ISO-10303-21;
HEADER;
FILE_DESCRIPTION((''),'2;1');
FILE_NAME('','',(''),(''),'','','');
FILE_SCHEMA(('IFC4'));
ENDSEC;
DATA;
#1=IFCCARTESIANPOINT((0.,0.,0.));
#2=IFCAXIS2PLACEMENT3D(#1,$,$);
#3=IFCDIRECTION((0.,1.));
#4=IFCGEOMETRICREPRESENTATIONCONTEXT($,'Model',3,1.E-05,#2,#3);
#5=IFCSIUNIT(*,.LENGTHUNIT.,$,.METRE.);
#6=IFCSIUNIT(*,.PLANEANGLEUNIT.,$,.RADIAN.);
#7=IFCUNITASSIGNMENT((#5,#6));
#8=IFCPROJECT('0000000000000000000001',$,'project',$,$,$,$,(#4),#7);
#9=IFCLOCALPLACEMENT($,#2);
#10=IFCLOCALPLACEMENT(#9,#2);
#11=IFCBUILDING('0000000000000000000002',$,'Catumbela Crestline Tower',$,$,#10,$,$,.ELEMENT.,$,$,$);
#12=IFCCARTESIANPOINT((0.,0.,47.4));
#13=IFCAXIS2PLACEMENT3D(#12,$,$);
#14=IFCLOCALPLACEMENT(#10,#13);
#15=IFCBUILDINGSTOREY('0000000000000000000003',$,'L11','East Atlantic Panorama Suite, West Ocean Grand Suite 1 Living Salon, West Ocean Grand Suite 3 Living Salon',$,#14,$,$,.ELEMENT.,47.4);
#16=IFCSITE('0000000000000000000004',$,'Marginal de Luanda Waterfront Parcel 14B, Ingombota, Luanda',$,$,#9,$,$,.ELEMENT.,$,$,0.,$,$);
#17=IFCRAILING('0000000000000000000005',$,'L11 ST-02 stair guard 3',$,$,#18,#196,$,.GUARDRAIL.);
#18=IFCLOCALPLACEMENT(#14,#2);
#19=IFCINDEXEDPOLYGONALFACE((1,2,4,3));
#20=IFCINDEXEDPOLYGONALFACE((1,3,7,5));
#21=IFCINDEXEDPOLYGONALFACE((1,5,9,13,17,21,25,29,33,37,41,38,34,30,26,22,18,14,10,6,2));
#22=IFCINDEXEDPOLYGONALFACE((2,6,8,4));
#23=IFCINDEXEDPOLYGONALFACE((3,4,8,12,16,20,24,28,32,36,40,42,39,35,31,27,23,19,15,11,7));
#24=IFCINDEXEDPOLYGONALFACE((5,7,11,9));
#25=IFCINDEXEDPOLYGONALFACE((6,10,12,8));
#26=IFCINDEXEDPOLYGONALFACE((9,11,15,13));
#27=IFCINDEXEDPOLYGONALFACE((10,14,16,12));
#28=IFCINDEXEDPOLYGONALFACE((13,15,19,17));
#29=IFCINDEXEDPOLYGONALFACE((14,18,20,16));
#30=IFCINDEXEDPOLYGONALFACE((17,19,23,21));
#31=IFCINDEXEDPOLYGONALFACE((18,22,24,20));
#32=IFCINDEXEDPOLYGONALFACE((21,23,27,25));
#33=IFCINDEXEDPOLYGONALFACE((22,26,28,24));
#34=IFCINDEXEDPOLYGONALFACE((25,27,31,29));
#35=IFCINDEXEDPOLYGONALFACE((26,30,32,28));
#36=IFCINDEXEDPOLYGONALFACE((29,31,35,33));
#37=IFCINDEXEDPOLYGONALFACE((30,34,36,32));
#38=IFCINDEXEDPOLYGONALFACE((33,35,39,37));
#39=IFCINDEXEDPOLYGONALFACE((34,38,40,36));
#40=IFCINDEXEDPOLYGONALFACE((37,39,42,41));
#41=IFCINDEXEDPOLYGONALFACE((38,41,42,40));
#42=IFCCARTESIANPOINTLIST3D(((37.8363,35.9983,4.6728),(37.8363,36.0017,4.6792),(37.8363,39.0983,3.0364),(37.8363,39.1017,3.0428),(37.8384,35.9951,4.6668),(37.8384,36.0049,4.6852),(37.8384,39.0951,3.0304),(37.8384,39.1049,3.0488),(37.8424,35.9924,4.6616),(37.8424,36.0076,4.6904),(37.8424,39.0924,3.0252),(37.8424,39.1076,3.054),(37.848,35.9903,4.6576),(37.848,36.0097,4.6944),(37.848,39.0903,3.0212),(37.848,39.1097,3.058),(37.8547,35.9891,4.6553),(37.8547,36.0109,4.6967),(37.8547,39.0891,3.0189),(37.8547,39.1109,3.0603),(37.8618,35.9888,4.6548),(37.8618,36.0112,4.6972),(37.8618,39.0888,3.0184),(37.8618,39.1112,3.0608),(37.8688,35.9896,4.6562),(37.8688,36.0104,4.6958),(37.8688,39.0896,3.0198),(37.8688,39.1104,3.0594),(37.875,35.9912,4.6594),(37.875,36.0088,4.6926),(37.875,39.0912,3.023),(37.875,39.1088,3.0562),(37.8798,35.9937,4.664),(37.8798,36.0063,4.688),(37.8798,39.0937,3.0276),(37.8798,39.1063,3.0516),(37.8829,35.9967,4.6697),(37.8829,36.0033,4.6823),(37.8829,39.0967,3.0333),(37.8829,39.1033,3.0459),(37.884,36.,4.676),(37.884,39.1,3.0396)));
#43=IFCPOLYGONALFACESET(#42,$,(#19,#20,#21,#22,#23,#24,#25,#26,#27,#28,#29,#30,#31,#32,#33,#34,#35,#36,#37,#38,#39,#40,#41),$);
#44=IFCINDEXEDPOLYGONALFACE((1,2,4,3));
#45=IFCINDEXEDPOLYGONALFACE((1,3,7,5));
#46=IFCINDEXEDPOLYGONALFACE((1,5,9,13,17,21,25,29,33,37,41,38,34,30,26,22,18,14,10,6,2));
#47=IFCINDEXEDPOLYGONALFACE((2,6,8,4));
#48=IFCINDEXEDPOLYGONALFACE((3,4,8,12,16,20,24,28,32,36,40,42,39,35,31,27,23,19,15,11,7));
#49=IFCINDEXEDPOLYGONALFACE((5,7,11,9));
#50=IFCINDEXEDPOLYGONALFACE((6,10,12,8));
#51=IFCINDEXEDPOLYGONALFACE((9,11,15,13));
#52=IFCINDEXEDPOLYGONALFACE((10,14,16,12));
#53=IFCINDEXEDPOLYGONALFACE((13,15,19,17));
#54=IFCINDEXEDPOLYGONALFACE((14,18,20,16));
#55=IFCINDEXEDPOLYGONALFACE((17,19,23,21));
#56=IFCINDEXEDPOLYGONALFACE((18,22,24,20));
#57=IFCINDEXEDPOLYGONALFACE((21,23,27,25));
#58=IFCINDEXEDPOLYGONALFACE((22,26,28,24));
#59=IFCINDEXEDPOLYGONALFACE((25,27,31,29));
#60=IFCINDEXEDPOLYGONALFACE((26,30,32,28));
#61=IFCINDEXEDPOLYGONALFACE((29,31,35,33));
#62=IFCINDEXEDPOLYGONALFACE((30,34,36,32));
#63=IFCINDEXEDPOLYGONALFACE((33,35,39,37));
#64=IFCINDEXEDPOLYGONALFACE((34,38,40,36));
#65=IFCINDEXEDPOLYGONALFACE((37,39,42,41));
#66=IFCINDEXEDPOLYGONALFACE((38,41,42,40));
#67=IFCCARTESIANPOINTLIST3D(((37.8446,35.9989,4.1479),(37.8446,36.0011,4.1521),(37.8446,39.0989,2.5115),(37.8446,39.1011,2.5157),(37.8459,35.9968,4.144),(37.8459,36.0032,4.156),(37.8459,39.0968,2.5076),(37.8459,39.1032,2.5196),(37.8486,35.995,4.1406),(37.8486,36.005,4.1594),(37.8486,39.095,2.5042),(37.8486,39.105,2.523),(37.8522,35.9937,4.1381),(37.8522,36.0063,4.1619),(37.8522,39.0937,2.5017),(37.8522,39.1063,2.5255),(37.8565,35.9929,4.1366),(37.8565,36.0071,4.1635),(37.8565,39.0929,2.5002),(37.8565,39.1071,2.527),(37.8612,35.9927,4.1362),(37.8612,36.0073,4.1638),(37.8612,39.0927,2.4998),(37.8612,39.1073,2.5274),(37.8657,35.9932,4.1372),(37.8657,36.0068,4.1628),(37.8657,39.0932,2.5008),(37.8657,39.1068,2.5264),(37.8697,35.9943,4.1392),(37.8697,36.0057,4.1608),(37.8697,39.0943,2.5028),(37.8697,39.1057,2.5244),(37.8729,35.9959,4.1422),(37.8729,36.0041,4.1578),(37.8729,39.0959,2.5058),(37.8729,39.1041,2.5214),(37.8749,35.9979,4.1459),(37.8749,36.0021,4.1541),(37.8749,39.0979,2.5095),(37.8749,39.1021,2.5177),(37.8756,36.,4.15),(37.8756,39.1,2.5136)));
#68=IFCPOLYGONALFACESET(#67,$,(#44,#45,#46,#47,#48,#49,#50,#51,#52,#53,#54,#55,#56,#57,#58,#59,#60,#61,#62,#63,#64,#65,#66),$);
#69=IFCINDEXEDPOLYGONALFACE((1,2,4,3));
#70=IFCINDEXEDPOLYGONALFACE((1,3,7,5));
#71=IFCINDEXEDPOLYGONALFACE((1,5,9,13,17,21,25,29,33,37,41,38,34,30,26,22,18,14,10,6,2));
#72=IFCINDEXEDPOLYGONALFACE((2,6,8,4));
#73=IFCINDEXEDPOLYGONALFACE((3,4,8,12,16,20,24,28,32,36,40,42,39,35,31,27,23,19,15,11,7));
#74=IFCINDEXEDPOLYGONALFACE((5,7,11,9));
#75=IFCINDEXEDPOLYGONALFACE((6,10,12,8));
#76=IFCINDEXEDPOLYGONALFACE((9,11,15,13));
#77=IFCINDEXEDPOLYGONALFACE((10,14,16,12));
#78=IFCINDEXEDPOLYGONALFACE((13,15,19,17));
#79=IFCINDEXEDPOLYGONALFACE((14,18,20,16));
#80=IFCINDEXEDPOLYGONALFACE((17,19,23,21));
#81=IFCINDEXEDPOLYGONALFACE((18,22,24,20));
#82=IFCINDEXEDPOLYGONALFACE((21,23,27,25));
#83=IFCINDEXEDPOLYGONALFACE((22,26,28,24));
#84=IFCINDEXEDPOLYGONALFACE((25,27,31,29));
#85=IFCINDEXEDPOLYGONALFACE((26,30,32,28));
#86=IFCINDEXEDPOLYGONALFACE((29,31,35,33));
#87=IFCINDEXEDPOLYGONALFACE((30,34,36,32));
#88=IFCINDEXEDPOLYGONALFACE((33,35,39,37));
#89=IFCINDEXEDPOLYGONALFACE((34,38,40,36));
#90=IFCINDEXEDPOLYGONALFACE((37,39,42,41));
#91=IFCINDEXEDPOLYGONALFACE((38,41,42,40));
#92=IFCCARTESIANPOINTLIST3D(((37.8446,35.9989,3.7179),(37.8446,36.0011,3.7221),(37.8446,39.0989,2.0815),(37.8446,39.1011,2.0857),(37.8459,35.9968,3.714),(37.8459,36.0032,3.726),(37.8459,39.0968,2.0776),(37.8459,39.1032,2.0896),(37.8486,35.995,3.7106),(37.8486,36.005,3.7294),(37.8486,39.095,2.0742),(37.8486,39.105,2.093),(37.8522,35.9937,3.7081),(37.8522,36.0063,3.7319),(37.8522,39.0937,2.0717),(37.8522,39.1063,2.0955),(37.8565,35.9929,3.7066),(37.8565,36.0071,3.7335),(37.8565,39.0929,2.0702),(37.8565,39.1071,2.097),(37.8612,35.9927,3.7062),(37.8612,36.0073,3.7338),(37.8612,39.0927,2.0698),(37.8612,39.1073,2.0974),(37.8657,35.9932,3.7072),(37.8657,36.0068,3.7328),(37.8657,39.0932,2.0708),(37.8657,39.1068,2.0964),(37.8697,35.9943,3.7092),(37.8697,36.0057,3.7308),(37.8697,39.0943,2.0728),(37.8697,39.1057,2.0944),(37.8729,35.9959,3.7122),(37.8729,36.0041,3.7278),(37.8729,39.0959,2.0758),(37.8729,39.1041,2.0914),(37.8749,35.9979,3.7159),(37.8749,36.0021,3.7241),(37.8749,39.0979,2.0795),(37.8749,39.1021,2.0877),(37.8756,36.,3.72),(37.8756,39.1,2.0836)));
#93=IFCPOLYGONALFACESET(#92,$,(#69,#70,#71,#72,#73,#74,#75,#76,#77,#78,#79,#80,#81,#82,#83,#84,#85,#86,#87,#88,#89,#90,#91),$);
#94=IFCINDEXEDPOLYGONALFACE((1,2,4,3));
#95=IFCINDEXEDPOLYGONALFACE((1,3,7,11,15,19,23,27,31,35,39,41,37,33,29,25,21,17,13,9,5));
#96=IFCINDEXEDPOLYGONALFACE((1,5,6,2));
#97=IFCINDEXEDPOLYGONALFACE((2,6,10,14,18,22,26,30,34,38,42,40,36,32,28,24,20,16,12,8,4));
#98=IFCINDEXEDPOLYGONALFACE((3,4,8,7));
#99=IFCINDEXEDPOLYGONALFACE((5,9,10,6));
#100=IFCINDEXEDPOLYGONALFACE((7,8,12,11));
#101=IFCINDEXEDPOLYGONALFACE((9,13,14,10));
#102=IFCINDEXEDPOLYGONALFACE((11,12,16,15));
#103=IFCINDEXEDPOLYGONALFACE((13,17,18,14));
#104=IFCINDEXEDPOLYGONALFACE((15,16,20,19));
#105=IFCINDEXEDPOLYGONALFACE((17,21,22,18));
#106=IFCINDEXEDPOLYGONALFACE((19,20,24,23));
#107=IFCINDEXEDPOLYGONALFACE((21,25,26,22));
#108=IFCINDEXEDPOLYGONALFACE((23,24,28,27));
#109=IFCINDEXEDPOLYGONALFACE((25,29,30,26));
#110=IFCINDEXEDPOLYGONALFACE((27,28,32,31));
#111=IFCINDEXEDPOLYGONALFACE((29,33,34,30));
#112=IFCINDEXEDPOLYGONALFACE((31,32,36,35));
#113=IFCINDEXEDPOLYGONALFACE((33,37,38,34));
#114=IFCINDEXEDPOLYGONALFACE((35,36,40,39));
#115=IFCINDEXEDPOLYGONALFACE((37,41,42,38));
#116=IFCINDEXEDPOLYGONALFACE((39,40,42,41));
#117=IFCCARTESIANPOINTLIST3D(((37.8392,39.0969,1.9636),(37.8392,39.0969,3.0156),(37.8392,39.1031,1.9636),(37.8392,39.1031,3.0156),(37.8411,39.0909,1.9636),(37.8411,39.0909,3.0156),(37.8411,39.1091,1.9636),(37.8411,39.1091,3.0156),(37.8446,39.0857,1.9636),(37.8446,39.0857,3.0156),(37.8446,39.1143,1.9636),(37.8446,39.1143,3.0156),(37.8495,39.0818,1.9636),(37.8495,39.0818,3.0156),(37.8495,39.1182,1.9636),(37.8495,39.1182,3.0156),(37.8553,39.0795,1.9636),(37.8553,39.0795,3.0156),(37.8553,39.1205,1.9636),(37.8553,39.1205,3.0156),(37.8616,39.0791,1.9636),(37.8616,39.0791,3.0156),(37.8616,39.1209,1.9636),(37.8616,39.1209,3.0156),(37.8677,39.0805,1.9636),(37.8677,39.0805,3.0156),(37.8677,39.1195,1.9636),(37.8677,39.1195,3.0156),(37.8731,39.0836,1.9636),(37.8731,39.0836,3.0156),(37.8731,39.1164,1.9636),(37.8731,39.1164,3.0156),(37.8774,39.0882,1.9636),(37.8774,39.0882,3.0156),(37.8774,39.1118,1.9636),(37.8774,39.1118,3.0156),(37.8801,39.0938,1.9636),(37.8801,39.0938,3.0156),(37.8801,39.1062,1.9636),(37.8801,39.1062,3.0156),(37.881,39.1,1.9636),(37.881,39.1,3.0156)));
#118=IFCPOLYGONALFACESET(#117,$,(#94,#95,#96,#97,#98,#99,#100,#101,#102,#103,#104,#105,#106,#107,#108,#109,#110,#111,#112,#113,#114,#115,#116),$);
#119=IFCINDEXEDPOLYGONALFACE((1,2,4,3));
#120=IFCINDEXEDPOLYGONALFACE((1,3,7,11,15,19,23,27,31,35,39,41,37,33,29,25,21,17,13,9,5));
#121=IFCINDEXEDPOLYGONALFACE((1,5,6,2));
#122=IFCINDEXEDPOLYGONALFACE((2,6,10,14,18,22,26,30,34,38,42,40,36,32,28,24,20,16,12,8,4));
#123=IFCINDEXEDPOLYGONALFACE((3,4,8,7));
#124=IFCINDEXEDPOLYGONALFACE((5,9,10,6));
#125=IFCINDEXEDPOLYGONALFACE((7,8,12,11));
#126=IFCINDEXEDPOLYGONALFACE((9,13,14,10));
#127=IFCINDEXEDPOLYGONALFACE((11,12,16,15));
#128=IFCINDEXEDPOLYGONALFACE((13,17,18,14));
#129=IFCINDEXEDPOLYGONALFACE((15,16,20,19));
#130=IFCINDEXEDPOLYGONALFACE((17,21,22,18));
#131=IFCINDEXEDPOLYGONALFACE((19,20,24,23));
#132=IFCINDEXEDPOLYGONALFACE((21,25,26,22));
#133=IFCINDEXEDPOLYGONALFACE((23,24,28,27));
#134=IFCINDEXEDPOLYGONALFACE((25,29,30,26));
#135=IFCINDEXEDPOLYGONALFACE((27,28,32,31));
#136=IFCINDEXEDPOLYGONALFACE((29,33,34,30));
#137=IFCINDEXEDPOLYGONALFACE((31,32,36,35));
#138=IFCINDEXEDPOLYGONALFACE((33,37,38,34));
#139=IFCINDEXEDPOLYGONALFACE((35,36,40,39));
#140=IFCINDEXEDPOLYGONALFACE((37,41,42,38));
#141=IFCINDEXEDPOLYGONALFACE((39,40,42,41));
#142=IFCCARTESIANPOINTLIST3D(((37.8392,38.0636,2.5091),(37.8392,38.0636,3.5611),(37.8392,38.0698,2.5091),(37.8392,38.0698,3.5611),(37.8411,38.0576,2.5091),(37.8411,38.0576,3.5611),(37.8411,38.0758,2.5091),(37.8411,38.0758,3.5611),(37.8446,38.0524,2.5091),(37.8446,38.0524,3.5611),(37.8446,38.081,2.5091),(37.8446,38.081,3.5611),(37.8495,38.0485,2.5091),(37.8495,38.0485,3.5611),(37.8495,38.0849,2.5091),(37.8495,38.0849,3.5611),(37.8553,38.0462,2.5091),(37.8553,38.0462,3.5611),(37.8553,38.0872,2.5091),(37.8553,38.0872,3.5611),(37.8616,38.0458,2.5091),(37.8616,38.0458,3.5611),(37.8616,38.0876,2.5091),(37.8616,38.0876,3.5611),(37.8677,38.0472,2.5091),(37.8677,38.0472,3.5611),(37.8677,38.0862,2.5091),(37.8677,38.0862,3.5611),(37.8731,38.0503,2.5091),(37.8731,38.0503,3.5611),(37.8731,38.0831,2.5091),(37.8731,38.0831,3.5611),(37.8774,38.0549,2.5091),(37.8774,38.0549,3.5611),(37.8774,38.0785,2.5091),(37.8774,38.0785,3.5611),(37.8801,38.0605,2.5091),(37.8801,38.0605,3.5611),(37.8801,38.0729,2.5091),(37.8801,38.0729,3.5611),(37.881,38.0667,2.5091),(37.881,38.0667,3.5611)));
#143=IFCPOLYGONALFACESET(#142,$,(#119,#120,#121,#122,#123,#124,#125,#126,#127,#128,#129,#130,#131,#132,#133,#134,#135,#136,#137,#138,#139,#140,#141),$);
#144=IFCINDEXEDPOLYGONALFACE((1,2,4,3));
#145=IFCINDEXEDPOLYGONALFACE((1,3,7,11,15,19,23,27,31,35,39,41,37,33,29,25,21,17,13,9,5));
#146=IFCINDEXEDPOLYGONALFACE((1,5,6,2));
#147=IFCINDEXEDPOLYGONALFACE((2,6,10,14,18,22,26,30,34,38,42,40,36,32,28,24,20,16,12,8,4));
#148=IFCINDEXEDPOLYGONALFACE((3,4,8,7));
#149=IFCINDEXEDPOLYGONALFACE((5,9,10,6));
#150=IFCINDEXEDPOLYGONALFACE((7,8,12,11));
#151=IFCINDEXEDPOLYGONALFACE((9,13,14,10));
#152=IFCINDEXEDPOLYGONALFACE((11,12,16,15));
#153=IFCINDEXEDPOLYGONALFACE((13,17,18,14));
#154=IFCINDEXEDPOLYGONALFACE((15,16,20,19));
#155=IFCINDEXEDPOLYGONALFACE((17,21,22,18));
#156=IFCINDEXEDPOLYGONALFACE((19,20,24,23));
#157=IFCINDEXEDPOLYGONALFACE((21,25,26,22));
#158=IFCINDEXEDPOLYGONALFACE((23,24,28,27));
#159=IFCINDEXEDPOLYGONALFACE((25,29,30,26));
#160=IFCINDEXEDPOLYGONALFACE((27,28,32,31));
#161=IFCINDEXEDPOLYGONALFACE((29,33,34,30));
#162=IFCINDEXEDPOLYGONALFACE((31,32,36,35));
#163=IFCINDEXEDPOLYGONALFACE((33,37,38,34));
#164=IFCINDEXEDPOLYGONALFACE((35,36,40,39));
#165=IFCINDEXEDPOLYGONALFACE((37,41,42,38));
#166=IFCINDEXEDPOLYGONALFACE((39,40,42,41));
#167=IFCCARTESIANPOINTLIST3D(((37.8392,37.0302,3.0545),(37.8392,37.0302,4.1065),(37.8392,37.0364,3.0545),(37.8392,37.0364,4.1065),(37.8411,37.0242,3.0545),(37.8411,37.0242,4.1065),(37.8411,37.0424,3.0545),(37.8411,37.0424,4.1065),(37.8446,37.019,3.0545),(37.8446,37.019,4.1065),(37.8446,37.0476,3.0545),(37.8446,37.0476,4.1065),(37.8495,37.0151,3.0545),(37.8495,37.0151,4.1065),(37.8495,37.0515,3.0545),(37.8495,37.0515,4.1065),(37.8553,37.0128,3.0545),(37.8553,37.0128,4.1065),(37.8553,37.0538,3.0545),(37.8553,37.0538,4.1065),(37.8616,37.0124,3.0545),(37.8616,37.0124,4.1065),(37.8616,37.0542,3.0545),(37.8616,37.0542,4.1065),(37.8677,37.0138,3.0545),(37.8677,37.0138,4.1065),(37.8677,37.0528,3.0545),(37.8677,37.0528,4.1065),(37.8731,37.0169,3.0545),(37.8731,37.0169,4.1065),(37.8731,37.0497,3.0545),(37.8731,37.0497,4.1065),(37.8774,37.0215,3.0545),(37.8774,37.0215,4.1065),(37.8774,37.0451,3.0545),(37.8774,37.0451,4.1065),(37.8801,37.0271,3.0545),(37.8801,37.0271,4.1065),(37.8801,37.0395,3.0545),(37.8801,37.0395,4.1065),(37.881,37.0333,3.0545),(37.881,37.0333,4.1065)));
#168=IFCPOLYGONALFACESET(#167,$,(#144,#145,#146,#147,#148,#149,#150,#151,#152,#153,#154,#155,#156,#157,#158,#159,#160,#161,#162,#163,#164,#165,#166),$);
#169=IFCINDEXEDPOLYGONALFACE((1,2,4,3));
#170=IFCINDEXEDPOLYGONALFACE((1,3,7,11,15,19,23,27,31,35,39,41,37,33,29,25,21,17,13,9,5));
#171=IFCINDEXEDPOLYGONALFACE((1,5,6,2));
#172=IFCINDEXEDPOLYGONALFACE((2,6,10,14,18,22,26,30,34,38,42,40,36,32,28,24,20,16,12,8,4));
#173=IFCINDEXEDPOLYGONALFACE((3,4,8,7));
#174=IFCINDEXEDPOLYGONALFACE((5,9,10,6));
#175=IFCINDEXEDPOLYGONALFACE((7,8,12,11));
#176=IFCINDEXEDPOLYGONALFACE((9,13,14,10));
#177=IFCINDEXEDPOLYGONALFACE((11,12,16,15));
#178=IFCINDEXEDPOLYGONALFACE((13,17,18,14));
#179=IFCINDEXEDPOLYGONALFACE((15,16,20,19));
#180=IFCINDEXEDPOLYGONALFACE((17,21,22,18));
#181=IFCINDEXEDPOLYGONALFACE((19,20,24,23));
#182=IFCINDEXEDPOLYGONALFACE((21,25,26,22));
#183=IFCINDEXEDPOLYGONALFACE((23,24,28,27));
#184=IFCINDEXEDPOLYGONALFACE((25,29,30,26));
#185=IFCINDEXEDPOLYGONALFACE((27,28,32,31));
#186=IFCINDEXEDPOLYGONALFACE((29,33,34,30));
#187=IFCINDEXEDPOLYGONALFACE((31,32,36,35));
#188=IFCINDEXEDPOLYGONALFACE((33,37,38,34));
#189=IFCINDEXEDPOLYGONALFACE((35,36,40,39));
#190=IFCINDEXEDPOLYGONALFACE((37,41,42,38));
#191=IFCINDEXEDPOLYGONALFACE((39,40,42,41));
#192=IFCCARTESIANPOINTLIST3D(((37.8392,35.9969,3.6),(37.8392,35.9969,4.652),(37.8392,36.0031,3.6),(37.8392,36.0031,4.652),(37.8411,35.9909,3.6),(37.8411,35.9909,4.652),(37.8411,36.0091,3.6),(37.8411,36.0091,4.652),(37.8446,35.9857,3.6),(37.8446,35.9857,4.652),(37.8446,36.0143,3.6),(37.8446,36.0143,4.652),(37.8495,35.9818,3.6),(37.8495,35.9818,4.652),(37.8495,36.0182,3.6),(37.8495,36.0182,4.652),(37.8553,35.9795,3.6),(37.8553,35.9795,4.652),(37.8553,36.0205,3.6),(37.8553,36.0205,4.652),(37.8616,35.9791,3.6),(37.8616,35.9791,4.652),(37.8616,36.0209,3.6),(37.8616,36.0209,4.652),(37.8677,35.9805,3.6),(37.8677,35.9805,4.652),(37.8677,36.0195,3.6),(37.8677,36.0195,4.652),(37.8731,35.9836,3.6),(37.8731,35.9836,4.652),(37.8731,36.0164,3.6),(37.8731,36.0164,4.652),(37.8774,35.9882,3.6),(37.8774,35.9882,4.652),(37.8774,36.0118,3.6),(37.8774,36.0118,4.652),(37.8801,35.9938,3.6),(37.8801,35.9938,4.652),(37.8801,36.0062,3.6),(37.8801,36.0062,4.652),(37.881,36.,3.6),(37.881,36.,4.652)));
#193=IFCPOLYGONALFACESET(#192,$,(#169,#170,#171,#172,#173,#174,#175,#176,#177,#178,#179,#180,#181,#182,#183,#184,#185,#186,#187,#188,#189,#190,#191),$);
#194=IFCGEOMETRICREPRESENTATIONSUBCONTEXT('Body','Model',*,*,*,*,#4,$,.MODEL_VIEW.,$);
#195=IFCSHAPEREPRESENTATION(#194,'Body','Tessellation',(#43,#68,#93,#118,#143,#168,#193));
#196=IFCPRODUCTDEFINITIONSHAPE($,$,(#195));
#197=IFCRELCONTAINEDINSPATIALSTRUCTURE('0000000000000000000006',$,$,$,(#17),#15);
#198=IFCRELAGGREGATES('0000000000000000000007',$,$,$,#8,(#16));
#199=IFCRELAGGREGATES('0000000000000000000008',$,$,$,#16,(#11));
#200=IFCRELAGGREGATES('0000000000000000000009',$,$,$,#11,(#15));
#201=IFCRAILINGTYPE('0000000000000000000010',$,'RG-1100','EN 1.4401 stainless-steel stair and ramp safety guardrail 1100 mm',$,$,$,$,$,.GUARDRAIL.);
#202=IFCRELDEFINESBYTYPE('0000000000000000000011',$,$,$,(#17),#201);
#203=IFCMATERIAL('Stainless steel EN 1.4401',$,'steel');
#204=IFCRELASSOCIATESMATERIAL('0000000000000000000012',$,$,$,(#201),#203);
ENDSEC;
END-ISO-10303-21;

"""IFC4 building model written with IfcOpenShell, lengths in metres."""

from ifc_helpers import new_model, si_unit, direction, frame, origin, origin_2d, place, context, subcontext, project, spatial, circle, extrude, material, type_object, element, save


model = new_model("IFC4")

# Units and contexts
model_context = context("Model", 3, precision=1e-05, world=origin(), true_north=direction((0.0, 1.0)))
body_context = subcontext(model_context, "Body", "Model", "MODEL_VIEW")
ifc_project = project(units=[si_unit("LENGTHUNIT", "METRE"), si_unit("PLANEANGLEUNIT", "RADIAN")], contexts=[model_context])

# Site, building, storey
site_placement = place(None, origin())
site = spatial("IfcSite", under=ifc_project, at=site_placement, Name="Marginal de Luanda Waterfront Parcel 14B, Ingombota, Luanda", CompositionType="ELEMENT", RefElevation=0.0)
building_placement = place(site_placement, origin())
building = spatial("IfcBuilding", under=site, at=building_placement, Name="Catumbela Crestline Tower", CompositionType="ELEMENT")
storey_placement = place(building_placement, frame((0.0, 0.0, 47.4)))
storey = spatial("IfcBuildingStorey", under=building, at=storey_placement, Name="L11", Description="East Atlantic Panorama Suite, West Ocean Grand Suite 1 Living Salon, West Ocean Grand Suite 3 Living Salon", CompositionType="ELEMENT", Elevation=47.4)

# Shared definitions
ifc_material_1 = material(Name="Stainless steel EN 1.4401", Category="steel")

# Railing
railing_type_1 = type_object("IfcRailingType", Name="RG-1100", Description="EN 1.4401 stainless-steel stair and ramp safety guardrail 1100 mm", PredefinedType="GUARDRAIL", material=ifc_material_1)
railing_1_placement = place(storey_placement, frame((37.86, 39.1, 1.9636)))
element("IfcRailing", 1, at=railing_1_placement, inside=storey, type_object=railing_type_1, Name="L11 ST-02 stair guard 3", PredefinedType="GUARDRAIL", context=body_context, shape_type="SweptSolid", body=[
    extrude(circle(Radius=0.024, at=origin_2d()), frame((0.0, 0.0, 1.076), z_axis=(0.0, -0.884351, 0.466823), x_axis=(1.0, 0.0, 0.0)), (0.0, 0.0, 1.0), 3.5054),
    extrude(circle(Radius=0.0156, at=origin_2d()), frame((0.0, 0.0, 0.55), z_axis=(0.0, -0.884351, 0.466823), x_axis=(1.0, 0.0, 0.0)), (0.0, 0.0, 1.0), 3.5054),
    extrude(circle(Radius=0.0156, at=origin_2d()), frame((0.0, 0.0, 0.12), z_axis=(0.0, -0.884351, 0.466823), x_axis=(1.0, 0.0, 0.0)), (0.0, 0.0, 1.0), 3.5054),
    extrude(circle(Radius=0.021, at=origin_2d()), origin(), (0.0, 0.0, 1.0), 1.052),
    extrude(circle(Radius=0.021, at=origin_2d()), frame((0.0, -1.0333, 0.5455)), (0.0, 0.0, 1.0), 1.052),
    extrude(circle(Radius=0.021, at=origin_2d()), frame((0.0, -2.0667, 1.0909)), (0.0, 0.0, 1.0), 1.052),
    extrude(circle(Radius=0.021, at=origin_2d()), frame((0.0, -3.1, 1.6364)), (0.0, 0.0, 1.0), 1.052),
])

save(model, "model.ifc")
